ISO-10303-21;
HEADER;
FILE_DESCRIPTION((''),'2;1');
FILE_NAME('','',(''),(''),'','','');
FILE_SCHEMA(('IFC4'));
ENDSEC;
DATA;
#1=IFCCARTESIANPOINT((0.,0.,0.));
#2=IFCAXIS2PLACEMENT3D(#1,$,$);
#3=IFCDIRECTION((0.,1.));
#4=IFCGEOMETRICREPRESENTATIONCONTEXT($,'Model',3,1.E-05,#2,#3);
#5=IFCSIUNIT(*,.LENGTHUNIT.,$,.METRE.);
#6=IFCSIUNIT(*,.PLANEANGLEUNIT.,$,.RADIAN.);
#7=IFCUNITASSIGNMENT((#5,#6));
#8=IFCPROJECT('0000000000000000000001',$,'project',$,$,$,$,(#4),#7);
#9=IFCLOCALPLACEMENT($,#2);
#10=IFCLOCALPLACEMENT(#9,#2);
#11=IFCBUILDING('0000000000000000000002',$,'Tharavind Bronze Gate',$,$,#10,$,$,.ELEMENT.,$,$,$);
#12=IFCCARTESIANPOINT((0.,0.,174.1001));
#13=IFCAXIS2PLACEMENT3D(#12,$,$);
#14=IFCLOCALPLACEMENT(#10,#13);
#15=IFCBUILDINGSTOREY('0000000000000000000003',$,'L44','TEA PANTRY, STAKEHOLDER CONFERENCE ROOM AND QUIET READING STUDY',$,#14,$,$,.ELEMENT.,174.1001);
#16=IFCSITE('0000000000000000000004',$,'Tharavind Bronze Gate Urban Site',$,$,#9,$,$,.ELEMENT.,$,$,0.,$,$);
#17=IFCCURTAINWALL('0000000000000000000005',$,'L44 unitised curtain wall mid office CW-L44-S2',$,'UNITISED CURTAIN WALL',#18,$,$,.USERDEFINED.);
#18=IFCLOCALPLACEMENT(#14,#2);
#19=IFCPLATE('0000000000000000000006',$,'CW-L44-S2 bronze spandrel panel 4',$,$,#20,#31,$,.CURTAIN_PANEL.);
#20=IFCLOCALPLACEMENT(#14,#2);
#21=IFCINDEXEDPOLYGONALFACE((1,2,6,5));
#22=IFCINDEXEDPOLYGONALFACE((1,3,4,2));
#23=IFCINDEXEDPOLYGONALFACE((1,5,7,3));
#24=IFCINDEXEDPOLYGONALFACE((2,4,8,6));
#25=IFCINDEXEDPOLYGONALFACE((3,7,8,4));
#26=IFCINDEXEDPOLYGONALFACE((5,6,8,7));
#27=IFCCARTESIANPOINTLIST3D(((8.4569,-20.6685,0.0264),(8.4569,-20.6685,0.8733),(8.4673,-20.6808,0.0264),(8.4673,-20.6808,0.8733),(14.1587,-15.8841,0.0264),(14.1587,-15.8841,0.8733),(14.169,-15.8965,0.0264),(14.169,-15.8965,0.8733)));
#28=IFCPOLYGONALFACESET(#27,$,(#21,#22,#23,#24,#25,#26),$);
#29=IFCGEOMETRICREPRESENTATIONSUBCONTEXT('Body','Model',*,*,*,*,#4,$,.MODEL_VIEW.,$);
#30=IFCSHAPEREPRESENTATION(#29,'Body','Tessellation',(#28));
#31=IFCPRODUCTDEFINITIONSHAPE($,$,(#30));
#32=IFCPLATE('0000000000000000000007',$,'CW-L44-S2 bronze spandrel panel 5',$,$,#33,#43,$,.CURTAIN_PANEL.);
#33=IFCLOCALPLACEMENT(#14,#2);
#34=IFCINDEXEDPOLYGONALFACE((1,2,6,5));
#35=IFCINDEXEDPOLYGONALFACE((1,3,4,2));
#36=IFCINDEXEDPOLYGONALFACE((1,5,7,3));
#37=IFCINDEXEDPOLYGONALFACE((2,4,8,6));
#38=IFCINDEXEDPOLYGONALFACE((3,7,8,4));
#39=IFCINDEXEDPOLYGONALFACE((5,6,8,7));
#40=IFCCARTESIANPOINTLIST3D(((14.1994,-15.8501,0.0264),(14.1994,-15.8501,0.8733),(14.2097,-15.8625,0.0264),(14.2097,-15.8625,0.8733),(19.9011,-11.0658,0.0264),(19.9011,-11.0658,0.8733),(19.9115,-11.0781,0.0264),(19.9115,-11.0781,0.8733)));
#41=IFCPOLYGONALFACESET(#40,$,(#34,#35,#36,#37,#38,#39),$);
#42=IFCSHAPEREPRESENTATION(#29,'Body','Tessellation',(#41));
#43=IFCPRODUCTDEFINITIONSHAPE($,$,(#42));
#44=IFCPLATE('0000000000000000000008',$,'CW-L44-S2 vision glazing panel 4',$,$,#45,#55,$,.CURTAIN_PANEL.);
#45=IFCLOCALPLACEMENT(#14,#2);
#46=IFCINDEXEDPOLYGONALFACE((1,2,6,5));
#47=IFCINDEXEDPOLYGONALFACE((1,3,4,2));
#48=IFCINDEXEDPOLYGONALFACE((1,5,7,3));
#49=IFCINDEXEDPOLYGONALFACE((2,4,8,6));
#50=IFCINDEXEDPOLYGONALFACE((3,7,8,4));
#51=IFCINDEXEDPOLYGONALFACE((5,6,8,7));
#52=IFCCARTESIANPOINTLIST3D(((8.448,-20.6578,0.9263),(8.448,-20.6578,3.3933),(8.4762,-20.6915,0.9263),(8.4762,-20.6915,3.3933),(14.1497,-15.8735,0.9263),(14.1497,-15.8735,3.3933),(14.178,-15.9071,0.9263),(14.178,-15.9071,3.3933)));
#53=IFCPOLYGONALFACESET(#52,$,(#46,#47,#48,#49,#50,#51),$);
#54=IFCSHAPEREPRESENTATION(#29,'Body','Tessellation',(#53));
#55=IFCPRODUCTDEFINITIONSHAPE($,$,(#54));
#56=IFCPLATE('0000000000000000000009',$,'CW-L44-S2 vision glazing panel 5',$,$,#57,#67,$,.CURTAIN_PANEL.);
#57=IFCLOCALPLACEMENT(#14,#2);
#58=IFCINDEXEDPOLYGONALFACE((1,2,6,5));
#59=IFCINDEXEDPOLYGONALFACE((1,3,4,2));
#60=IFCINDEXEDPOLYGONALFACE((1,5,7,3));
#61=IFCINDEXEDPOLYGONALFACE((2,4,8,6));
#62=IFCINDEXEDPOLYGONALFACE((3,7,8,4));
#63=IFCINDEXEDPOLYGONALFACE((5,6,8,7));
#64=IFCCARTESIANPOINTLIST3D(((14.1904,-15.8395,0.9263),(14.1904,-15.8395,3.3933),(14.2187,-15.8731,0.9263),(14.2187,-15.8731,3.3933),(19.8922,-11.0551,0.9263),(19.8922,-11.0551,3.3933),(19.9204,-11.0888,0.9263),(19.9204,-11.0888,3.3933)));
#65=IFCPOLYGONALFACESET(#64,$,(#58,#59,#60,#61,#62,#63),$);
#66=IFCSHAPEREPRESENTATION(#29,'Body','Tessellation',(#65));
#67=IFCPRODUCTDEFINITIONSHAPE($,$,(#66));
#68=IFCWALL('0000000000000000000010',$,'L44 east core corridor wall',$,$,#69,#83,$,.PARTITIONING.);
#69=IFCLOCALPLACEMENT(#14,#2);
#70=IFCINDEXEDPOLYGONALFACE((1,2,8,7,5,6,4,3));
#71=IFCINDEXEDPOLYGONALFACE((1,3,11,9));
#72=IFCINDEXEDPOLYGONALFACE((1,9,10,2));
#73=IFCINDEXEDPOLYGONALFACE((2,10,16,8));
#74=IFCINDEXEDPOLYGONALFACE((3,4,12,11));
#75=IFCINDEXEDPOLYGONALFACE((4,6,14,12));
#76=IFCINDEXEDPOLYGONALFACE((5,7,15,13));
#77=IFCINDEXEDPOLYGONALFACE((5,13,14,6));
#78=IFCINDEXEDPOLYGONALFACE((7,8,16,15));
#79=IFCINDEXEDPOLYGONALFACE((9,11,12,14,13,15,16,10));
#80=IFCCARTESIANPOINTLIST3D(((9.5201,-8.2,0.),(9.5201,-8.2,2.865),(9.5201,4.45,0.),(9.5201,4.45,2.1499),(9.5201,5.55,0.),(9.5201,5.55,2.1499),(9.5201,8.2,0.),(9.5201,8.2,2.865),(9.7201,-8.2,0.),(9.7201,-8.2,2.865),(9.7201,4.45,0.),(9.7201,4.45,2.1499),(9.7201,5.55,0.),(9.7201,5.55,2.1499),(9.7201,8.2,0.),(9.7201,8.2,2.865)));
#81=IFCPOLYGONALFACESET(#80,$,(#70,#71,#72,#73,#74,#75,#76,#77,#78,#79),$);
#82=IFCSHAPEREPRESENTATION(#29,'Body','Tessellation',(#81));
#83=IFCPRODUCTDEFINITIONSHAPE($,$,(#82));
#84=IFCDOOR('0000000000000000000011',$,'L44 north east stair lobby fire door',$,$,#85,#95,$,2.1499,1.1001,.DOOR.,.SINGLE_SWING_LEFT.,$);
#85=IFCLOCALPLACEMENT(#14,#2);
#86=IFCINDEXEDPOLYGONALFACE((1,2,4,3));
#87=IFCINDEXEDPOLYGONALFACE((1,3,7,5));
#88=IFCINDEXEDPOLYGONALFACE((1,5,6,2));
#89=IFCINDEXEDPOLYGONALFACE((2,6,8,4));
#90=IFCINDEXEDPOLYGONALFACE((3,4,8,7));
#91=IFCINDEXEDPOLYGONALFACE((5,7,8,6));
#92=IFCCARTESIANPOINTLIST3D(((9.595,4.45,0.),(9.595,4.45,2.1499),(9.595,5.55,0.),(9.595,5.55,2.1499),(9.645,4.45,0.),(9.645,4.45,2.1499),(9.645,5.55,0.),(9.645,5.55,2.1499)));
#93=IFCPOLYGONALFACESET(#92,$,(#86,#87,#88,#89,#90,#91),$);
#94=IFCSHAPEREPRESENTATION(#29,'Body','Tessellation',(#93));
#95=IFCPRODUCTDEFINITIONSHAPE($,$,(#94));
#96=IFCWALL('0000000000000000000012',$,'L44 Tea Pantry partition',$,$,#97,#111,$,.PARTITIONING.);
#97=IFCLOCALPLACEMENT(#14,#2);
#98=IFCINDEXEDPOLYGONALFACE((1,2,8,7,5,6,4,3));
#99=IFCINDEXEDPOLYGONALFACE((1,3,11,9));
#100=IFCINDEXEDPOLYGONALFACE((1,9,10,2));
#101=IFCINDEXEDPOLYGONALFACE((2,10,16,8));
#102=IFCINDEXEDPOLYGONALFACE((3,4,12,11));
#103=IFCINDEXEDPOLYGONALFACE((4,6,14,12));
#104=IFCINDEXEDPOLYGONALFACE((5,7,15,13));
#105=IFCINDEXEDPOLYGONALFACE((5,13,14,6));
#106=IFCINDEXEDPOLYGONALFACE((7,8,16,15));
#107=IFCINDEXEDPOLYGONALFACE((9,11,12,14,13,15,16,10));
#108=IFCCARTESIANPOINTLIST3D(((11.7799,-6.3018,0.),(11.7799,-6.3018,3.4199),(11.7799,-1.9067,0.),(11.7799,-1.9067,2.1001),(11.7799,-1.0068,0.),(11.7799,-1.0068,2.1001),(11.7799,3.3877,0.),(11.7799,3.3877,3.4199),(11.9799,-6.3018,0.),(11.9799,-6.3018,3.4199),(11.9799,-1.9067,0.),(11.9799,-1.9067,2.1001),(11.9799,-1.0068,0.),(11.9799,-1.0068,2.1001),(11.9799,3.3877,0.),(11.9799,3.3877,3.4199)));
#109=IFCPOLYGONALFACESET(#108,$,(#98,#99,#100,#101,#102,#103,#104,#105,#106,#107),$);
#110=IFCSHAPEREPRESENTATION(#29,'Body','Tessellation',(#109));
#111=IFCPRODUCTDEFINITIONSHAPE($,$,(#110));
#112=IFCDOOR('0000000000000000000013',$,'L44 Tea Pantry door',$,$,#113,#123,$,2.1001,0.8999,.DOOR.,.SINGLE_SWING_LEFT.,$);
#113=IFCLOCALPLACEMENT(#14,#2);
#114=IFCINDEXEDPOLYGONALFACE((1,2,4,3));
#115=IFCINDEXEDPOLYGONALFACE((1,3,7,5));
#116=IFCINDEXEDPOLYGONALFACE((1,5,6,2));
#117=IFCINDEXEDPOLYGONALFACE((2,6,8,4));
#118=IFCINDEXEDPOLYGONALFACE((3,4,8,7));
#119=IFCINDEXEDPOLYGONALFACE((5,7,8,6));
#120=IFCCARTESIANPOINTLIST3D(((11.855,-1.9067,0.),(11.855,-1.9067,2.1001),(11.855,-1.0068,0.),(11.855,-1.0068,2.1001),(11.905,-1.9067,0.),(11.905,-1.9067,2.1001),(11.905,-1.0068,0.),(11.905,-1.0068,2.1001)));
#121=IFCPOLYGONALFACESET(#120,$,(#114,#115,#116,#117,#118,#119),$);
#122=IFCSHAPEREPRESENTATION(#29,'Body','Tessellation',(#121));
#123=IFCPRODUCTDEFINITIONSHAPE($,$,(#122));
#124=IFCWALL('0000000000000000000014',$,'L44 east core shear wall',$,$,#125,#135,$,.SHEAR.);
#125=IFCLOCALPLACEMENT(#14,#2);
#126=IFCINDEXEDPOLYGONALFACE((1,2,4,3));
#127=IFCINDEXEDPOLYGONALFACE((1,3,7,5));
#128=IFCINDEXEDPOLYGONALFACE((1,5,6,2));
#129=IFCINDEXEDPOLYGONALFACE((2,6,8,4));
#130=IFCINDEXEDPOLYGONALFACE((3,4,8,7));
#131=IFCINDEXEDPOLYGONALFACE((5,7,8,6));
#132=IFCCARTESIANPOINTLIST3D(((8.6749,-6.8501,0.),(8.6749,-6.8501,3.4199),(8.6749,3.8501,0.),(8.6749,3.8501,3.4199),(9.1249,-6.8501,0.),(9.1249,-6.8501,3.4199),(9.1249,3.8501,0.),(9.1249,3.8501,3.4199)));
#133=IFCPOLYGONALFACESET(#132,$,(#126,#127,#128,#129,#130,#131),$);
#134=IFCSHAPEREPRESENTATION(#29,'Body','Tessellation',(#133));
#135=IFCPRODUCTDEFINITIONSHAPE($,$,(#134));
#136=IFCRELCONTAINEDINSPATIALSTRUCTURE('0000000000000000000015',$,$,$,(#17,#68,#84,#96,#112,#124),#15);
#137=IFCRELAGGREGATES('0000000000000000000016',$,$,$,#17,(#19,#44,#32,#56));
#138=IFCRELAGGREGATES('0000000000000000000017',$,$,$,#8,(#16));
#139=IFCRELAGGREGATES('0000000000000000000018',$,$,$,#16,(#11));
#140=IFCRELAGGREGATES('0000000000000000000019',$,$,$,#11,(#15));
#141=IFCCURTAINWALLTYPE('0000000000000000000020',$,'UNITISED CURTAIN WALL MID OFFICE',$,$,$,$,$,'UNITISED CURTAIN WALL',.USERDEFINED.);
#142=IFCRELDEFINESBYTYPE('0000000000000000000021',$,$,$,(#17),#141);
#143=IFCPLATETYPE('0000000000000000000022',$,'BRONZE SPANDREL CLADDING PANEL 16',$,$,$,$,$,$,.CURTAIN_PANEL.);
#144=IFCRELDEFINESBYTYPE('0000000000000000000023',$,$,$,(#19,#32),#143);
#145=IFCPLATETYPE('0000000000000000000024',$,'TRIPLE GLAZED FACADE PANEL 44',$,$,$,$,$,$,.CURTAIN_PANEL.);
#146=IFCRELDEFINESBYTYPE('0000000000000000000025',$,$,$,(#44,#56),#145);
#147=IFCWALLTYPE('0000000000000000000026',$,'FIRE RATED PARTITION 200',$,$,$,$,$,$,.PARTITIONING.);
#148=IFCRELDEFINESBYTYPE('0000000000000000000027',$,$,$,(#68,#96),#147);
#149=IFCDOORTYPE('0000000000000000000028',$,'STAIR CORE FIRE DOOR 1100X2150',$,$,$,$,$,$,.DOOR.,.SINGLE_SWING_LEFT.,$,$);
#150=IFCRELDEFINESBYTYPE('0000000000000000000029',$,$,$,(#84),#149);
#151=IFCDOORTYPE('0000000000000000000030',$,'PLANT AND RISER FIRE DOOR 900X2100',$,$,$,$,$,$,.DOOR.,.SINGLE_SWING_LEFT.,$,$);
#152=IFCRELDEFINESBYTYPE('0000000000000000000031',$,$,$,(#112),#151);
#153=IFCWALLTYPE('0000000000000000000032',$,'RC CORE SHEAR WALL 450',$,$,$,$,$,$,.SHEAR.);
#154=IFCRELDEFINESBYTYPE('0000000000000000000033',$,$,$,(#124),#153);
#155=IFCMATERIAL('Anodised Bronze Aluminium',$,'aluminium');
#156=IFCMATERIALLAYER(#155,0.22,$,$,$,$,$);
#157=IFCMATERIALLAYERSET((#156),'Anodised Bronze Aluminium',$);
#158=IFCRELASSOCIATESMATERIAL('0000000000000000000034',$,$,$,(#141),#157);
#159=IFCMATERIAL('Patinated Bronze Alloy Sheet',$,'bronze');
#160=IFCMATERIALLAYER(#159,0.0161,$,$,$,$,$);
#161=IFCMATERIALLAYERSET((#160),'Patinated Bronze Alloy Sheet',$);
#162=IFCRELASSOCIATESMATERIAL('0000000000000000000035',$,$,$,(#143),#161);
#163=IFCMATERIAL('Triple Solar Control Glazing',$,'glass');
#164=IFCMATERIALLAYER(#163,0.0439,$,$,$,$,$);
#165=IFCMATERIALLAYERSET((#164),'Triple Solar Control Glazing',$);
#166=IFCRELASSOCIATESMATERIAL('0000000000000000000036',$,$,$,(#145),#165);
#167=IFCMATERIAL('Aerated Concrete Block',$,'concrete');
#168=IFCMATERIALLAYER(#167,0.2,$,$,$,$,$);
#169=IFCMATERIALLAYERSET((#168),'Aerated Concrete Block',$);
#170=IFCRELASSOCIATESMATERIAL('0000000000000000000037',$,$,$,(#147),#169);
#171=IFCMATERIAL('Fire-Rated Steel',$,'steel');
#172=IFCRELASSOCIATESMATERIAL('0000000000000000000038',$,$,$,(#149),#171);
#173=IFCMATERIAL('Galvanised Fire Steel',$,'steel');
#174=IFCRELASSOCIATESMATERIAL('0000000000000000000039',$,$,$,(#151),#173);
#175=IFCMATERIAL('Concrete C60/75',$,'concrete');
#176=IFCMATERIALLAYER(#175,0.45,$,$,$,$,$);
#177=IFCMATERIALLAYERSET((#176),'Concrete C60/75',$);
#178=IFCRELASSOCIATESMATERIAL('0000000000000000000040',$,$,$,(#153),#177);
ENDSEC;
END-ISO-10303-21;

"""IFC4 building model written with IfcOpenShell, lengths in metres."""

from ifc_helpers import new_model, si_unit, direction, frame, frame_2d, origin, origin_2d, place, context, subcontext, project, spatial, rectangle, extrude, material, layer, layer_set, type_object, element, fill, aggregate, save


model = new_model("IFC4")

# Units and contexts
model_context = context("Model", 3, precision=1e-05, world=origin(), true_north=direction((0.0, 1.0)))
body_context = subcontext(model_context, "Body", "Model", "MODEL_VIEW")
ifc_project = project(units=[si_unit("LENGTHUNIT", "METRE"), si_unit("PLANEANGLEUNIT", "RADIAN")], contexts=[model_context])

# Site, building, storey
site_placement = place(None, origin())
site = spatial("IfcSite", under=ifc_project, at=site_placement, Name="Tharavind Bronze Gate Urban Site", CompositionType="ELEMENT", RefElevation=0.0)
building_placement = place(site_placement, origin())
building = spatial("IfcBuilding", under=site, at=building_placement, Name="Tharavind Bronze Gate", CompositionType="ELEMENT")
storey_placement = place(building_placement, frame((0.0, 0.0, 174.1001)))
storey = spatial("IfcBuildingStorey", under=building, at=storey_placement, Name="L44", Description="TEA PANTRY, STAKEHOLDER CONFERENCE ROOM AND QUIET READING STUDY", CompositionType="ELEMENT", Elevation=174.1001)

# Shared definitions
ifc_material_1 = material(Name="Concrete C60/75", Category="concrete")

# Curtain wall
ifc_material_2 = material(Name="Anodised Bronze Aluminium", Category="aluminium")
ifc_layer_1 = layer(ifc_material_2, 0.22)
ifc_layer_set_1 = layer_set([ifc_layer_1], Name="Anodised Bronze Aluminium")
curtain_wall_type = type_object("IfcCurtainWallType", Name="UNITISED CURTAIN WALL MID OFFICE", ElementType="UNITISED CURTAIN WALL", PredefinedType="USERDEFINED", material=ifc_layer_set_1)
curtain_wall_placement = place(storey_placement, origin())
curtain_wall = element("IfcCurtainWall", 1, at=curtain_wall_placement, inside=storey, type_object=curtain_wall_type, Name="L44 unitised curtain wall mid office CW-L44-S2", ObjectType="UNITISED CURTAIN WALL", PredefinedType="USERDEFINED")

# Plates
ifc_material_3 = material(Name="Patinated Bronze Alloy Sheet", Category="bronze")
ifc_layer_2 = layer(ifc_material_3, 0.0161)
ifc_layer_set_2 = layer_set([ifc_layer_2], Name="Patinated Bronze Alloy Sheet")
plate_type_1 = type_object("IfcPlateType", Name="BRONZE SPANDREL CLADDING PANEL 16", PredefinedType="CURTAIN_PANEL", material=ifc_layer_set_2)
plate_1_placement = place(storey_placement, frame((11.313, -18.2825, 0.0264), z_axis=(0.0, 0.0, 1.0), x_axis=(0.766043, 0.642789, 0.0)))
plate_1 = element("IfcPlate", 2, at=plate_1_placement, type_object=plate_type_1, Name="CW-L44-S2 bronze spandrel panel 4", PredefinedType="CURTAIN_PANEL", context=body_context, shape_type="SweptSolid", body=[
    extrude(rectangle(XDim=7.4431, YDim=0.0161, at=origin_2d()), origin(), (0.0, 0.0, 1.0), 0.8469),
])
plate_2_placement = place(storey_placement, frame((17.0554, -13.4641, 0.0264), z_axis=(0.0, 0.0, 1.0), x_axis=(0.766043, 0.642789, 0.0)))
plate_2 = element("IfcPlate", 3, at=plate_2_placement, type_object=plate_type_1, Name="CW-L44-S2 bronze spandrel panel 5", PredefinedType="CURTAIN_PANEL", context=body_context, shape_type="SweptSolid", body=[
    extrude(rectangle(XDim=7.4431, YDim=0.0161, at=origin_2d()), origin(), (0.0, 0.0, 1.0), 0.8469),
])
ifc_material_4 = material(Name="Triple Solar Control Glazing", Category="glass")
ifc_layer_3 = layer(ifc_material_4, 0.0439)
ifc_layer_set_3 = layer_set([ifc_layer_3], Name="Triple Solar Control Glazing")
plate_type_2 = type_object("IfcPlateType", Name="TRIPLE GLAZED FACADE PANEL 44", PredefinedType="CURTAIN_PANEL", material=ifc_layer_set_3)
plate_3_placement = place(storey_placement, frame((11.313, -18.2825, 0.9263), z_axis=(0.0, 0.0, 1.0), x_axis=(0.766043, 0.642789, 0.0)))
plate_3 = element("IfcPlate", 4, at=plate_3_placement, type_object=plate_type_2, Name="CW-L44-S2 vision glazing panel 4", PredefinedType="CURTAIN_PANEL", context=body_context, shape_type="SweptSolid", body=[
    extrude(rectangle(XDim=7.4431, YDim=0.0439, at=origin_2d()), origin(), (0.0, 0.0, 1.0), 2.467),
])
plate_4_placement = place(storey_placement, frame((17.0554, -13.4641, 0.9263), z_axis=(0.0, 0.0, 1.0), x_axis=(0.766043, 0.642789, 0.0)))
plate_4 = element("IfcPlate", 5, at=plate_4_placement, type_object=plate_type_2, Name="CW-L44-S2 vision glazing panel 5", PredefinedType="CURTAIN_PANEL", context=body_context, shape_type="SweptSolid", body=[
    extrude(rectangle(XDim=7.4431, YDim=0.0439, at=origin_2d()), origin(), (0.0, 0.0, 1.0), 2.467),
])
aggregate(curtain_wall, [plate_1, plate_3, plate_2, plate_4])

# Walls, openings, doors
ifc_material_5 = material(Name="Aerated Concrete Block", Category="concrete")
ifc_layer_4 = layer(ifc_material_5, 0.2)
ifc_layer_set_4 = layer_set([ifc_layer_4], Name="Aerated Concrete Block")
wall_type_1 = type_object("IfcWallType", Name="FIRE RATED PARTITION 200", PredefinedType="PARTITIONING", material=ifc_layer_set_4)
wall_1_placement = place(storey_placement, frame((9.6201, -8.2, 0.0), z_axis=(0.0, 0.0, 1.0), x_axis=(0.0, 1.0, 0.0)))
wall_1 = element("IfcWall", 6, at=wall_1_placement, inside=storey, type_object=wall_type_1, Name="L44 east core corridor wall", PredefinedType="PARTITIONING", context=body_context, shape_type="SweptSolid", body=[
    extrude(rectangle(XDim=16.3999, YDim=0.2, at=frame_2d((8.2, 0.0))), origin(), (0.0, 0.0, 1.0), 2.865),
])
opening_1_placement = place(wall_1_placement, frame((12.6499, 0.0, 0.0)))
opening_1 = element("IfcOpeningElement", 7, at=opening_1_placement, cuts=wall_1, PredefinedType="OPENING", context=body_context, shape_type="SweptSolid", body=[
    extrude(rectangle(XDim=1.1001, YDim=2.1499, at=frame_2d((0.55, 1.075))), frame((0.0, 0.1101, 0.0), z_axis=(0.0, -1.0, 0.0), x_axis=(1.0, 0.0, 0.0)), (0.0, 0.0, 1.0), 0.22),
])
ifc_material_6 = material(Name="Fire-Rated Steel", Category="steel")
door_type_1 = type_object("IfcDoorType", Name="STAIR CORE FIRE DOOR 1100X2150", OperationType="SINGLE_SWING_LEFT", PredefinedType="DOOR", material=ifc_material_6)
door_1_placement = place(opening_1_placement, frame((1.1001, 0.0, 0.0), z_axis=(0.0, 0.0, 1.0), x_axis=(-1.0, 0.0, 0.0)))
door_1 = element("IfcDoor", 8, at=door_1_placement, inside=storey, type_object=door_type_1, Name="L44 north east stair lobby fire door", OperationType="SINGLE_SWING_LEFT", OverallHeight=2.1499, OverallWidth=1.1001, PredefinedType="DOOR", context=body_context, shape_type="SweptSolid", body=[
    extrude(rectangle(XDim=1.1001, YDim=2.1499, at=frame_2d((0.55, 1.075))), frame((0.0, 0.0249, 0.0), z_axis=(0.0, -1.0, 0.0), x_axis=(1.0, 0.0, 0.0)), (0.0, 0.0, 1.0), 0.05),
])
fill(opening_1, door_1)
wall_2_placement = place(storey_placement, frame((11.8799, -6.3018, 0.0), z_axis=(0.0, 0.0, 1.0), x_axis=(0.0, 1.0, 0.0)))
wall_2 = element("IfcWall", 9, at=wall_2_placement, inside=storey, type_object=wall_type_1, Name="L44 Tea Pantry partition", PredefinedType="PARTITIONING", context=body_context, shape_type="SweptSolid", body=[
    extrude(rectangle(XDim=9.6895, YDim=0.2, at=frame_2d((4.8447, 0.0))), origin(), (0.0, 0.0, 1.0), 3.4199),
])
opening_2_placement = place(wall_2_placement, frame((4.395, 0.0, 0.0)))
opening_2 = element("IfcOpeningElement", 10, at=opening_2_placement, cuts=wall_2, PredefinedType="OPENING", context=body_context, shape_type="SweptSolid", body=[
    extrude(rectangle(XDim=0.8999, YDim=2.1001, at=frame_2d((0.45, 1.05))), frame((0.0, 0.1101, 0.0), z_axis=(0.0, -1.0, 0.0), x_axis=(1.0, 0.0, 0.0)), (0.0, 0.0, 1.0), 0.22),
])
ifc_material_7 = material(Name="Galvanised Fire Steel", Category="steel")
door_type_2 = type_object("IfcDoorType", Name="PLANT AND RISER FIRE DOOR 900X2100", OperationType="SINGLE_SWING_LEFT", PredefinedType="DOOR", material=ifc_material_7)
door_2_placement = place(opening_2_placement, origin())
door_2 = element("IfcDoor", 11, at=door_2_placement, inside=storey, type_object=door_type_2, Name="L44 Tea Pantry door", OperationType="SINGLE_SWING_LEFT", OverallHeight=2.1001, OverallWidth=0.8999, PredefinedType="DOOR", context=body_context, shape_type="SweptSolid", body=[
    extrude(rectangle(XDim=0.8999, YDim=2.1001, at=frame_2d((0.45, 1.05))), frame((0.0, 0.0249, 0.0), z_axis=(0.0, -1.0, 0.0), x_axis=(1.0, 0.0, 0.0)), (0.0, 0.0, 1.0), 0.05),
])
fill(opening_2, door_2)

# Wall
ifc_layer_5 = layer(ifc_material_1, 0.45)
ifc_layer_set_5 = layer_set([ifc_layer_5], Name="Concrete C60/75")
wall_type_2 = type_object("IfcWallType", Name="RC CORE SHEAR WALL 450", PredefinedType="SHEAR", material=ifc_layer_set_5)
wall_3_placement = place(storey_placement, frame((8.8999, -6.8501, 0.0), z_axis=(0.0, 0.0, 1.0), x_axis=(0.0, 1.0, 0.0)))
element("IfcWall", 12, at=wall_3_placement, inside=storey, type_object=wall_type_2, Name="L44 east core shear wall", PredefinedType="SHEAR", context=body_context, shape_type="SweptSolid", body=[
    extrude(rectangle(XDim=10.7002, YDim=0.45, at=frame_2d((5.3501, 0.0))), origin(), (0.0, 0.0, 1.0), 3.4199),
])

save(model, "model.ifc")
